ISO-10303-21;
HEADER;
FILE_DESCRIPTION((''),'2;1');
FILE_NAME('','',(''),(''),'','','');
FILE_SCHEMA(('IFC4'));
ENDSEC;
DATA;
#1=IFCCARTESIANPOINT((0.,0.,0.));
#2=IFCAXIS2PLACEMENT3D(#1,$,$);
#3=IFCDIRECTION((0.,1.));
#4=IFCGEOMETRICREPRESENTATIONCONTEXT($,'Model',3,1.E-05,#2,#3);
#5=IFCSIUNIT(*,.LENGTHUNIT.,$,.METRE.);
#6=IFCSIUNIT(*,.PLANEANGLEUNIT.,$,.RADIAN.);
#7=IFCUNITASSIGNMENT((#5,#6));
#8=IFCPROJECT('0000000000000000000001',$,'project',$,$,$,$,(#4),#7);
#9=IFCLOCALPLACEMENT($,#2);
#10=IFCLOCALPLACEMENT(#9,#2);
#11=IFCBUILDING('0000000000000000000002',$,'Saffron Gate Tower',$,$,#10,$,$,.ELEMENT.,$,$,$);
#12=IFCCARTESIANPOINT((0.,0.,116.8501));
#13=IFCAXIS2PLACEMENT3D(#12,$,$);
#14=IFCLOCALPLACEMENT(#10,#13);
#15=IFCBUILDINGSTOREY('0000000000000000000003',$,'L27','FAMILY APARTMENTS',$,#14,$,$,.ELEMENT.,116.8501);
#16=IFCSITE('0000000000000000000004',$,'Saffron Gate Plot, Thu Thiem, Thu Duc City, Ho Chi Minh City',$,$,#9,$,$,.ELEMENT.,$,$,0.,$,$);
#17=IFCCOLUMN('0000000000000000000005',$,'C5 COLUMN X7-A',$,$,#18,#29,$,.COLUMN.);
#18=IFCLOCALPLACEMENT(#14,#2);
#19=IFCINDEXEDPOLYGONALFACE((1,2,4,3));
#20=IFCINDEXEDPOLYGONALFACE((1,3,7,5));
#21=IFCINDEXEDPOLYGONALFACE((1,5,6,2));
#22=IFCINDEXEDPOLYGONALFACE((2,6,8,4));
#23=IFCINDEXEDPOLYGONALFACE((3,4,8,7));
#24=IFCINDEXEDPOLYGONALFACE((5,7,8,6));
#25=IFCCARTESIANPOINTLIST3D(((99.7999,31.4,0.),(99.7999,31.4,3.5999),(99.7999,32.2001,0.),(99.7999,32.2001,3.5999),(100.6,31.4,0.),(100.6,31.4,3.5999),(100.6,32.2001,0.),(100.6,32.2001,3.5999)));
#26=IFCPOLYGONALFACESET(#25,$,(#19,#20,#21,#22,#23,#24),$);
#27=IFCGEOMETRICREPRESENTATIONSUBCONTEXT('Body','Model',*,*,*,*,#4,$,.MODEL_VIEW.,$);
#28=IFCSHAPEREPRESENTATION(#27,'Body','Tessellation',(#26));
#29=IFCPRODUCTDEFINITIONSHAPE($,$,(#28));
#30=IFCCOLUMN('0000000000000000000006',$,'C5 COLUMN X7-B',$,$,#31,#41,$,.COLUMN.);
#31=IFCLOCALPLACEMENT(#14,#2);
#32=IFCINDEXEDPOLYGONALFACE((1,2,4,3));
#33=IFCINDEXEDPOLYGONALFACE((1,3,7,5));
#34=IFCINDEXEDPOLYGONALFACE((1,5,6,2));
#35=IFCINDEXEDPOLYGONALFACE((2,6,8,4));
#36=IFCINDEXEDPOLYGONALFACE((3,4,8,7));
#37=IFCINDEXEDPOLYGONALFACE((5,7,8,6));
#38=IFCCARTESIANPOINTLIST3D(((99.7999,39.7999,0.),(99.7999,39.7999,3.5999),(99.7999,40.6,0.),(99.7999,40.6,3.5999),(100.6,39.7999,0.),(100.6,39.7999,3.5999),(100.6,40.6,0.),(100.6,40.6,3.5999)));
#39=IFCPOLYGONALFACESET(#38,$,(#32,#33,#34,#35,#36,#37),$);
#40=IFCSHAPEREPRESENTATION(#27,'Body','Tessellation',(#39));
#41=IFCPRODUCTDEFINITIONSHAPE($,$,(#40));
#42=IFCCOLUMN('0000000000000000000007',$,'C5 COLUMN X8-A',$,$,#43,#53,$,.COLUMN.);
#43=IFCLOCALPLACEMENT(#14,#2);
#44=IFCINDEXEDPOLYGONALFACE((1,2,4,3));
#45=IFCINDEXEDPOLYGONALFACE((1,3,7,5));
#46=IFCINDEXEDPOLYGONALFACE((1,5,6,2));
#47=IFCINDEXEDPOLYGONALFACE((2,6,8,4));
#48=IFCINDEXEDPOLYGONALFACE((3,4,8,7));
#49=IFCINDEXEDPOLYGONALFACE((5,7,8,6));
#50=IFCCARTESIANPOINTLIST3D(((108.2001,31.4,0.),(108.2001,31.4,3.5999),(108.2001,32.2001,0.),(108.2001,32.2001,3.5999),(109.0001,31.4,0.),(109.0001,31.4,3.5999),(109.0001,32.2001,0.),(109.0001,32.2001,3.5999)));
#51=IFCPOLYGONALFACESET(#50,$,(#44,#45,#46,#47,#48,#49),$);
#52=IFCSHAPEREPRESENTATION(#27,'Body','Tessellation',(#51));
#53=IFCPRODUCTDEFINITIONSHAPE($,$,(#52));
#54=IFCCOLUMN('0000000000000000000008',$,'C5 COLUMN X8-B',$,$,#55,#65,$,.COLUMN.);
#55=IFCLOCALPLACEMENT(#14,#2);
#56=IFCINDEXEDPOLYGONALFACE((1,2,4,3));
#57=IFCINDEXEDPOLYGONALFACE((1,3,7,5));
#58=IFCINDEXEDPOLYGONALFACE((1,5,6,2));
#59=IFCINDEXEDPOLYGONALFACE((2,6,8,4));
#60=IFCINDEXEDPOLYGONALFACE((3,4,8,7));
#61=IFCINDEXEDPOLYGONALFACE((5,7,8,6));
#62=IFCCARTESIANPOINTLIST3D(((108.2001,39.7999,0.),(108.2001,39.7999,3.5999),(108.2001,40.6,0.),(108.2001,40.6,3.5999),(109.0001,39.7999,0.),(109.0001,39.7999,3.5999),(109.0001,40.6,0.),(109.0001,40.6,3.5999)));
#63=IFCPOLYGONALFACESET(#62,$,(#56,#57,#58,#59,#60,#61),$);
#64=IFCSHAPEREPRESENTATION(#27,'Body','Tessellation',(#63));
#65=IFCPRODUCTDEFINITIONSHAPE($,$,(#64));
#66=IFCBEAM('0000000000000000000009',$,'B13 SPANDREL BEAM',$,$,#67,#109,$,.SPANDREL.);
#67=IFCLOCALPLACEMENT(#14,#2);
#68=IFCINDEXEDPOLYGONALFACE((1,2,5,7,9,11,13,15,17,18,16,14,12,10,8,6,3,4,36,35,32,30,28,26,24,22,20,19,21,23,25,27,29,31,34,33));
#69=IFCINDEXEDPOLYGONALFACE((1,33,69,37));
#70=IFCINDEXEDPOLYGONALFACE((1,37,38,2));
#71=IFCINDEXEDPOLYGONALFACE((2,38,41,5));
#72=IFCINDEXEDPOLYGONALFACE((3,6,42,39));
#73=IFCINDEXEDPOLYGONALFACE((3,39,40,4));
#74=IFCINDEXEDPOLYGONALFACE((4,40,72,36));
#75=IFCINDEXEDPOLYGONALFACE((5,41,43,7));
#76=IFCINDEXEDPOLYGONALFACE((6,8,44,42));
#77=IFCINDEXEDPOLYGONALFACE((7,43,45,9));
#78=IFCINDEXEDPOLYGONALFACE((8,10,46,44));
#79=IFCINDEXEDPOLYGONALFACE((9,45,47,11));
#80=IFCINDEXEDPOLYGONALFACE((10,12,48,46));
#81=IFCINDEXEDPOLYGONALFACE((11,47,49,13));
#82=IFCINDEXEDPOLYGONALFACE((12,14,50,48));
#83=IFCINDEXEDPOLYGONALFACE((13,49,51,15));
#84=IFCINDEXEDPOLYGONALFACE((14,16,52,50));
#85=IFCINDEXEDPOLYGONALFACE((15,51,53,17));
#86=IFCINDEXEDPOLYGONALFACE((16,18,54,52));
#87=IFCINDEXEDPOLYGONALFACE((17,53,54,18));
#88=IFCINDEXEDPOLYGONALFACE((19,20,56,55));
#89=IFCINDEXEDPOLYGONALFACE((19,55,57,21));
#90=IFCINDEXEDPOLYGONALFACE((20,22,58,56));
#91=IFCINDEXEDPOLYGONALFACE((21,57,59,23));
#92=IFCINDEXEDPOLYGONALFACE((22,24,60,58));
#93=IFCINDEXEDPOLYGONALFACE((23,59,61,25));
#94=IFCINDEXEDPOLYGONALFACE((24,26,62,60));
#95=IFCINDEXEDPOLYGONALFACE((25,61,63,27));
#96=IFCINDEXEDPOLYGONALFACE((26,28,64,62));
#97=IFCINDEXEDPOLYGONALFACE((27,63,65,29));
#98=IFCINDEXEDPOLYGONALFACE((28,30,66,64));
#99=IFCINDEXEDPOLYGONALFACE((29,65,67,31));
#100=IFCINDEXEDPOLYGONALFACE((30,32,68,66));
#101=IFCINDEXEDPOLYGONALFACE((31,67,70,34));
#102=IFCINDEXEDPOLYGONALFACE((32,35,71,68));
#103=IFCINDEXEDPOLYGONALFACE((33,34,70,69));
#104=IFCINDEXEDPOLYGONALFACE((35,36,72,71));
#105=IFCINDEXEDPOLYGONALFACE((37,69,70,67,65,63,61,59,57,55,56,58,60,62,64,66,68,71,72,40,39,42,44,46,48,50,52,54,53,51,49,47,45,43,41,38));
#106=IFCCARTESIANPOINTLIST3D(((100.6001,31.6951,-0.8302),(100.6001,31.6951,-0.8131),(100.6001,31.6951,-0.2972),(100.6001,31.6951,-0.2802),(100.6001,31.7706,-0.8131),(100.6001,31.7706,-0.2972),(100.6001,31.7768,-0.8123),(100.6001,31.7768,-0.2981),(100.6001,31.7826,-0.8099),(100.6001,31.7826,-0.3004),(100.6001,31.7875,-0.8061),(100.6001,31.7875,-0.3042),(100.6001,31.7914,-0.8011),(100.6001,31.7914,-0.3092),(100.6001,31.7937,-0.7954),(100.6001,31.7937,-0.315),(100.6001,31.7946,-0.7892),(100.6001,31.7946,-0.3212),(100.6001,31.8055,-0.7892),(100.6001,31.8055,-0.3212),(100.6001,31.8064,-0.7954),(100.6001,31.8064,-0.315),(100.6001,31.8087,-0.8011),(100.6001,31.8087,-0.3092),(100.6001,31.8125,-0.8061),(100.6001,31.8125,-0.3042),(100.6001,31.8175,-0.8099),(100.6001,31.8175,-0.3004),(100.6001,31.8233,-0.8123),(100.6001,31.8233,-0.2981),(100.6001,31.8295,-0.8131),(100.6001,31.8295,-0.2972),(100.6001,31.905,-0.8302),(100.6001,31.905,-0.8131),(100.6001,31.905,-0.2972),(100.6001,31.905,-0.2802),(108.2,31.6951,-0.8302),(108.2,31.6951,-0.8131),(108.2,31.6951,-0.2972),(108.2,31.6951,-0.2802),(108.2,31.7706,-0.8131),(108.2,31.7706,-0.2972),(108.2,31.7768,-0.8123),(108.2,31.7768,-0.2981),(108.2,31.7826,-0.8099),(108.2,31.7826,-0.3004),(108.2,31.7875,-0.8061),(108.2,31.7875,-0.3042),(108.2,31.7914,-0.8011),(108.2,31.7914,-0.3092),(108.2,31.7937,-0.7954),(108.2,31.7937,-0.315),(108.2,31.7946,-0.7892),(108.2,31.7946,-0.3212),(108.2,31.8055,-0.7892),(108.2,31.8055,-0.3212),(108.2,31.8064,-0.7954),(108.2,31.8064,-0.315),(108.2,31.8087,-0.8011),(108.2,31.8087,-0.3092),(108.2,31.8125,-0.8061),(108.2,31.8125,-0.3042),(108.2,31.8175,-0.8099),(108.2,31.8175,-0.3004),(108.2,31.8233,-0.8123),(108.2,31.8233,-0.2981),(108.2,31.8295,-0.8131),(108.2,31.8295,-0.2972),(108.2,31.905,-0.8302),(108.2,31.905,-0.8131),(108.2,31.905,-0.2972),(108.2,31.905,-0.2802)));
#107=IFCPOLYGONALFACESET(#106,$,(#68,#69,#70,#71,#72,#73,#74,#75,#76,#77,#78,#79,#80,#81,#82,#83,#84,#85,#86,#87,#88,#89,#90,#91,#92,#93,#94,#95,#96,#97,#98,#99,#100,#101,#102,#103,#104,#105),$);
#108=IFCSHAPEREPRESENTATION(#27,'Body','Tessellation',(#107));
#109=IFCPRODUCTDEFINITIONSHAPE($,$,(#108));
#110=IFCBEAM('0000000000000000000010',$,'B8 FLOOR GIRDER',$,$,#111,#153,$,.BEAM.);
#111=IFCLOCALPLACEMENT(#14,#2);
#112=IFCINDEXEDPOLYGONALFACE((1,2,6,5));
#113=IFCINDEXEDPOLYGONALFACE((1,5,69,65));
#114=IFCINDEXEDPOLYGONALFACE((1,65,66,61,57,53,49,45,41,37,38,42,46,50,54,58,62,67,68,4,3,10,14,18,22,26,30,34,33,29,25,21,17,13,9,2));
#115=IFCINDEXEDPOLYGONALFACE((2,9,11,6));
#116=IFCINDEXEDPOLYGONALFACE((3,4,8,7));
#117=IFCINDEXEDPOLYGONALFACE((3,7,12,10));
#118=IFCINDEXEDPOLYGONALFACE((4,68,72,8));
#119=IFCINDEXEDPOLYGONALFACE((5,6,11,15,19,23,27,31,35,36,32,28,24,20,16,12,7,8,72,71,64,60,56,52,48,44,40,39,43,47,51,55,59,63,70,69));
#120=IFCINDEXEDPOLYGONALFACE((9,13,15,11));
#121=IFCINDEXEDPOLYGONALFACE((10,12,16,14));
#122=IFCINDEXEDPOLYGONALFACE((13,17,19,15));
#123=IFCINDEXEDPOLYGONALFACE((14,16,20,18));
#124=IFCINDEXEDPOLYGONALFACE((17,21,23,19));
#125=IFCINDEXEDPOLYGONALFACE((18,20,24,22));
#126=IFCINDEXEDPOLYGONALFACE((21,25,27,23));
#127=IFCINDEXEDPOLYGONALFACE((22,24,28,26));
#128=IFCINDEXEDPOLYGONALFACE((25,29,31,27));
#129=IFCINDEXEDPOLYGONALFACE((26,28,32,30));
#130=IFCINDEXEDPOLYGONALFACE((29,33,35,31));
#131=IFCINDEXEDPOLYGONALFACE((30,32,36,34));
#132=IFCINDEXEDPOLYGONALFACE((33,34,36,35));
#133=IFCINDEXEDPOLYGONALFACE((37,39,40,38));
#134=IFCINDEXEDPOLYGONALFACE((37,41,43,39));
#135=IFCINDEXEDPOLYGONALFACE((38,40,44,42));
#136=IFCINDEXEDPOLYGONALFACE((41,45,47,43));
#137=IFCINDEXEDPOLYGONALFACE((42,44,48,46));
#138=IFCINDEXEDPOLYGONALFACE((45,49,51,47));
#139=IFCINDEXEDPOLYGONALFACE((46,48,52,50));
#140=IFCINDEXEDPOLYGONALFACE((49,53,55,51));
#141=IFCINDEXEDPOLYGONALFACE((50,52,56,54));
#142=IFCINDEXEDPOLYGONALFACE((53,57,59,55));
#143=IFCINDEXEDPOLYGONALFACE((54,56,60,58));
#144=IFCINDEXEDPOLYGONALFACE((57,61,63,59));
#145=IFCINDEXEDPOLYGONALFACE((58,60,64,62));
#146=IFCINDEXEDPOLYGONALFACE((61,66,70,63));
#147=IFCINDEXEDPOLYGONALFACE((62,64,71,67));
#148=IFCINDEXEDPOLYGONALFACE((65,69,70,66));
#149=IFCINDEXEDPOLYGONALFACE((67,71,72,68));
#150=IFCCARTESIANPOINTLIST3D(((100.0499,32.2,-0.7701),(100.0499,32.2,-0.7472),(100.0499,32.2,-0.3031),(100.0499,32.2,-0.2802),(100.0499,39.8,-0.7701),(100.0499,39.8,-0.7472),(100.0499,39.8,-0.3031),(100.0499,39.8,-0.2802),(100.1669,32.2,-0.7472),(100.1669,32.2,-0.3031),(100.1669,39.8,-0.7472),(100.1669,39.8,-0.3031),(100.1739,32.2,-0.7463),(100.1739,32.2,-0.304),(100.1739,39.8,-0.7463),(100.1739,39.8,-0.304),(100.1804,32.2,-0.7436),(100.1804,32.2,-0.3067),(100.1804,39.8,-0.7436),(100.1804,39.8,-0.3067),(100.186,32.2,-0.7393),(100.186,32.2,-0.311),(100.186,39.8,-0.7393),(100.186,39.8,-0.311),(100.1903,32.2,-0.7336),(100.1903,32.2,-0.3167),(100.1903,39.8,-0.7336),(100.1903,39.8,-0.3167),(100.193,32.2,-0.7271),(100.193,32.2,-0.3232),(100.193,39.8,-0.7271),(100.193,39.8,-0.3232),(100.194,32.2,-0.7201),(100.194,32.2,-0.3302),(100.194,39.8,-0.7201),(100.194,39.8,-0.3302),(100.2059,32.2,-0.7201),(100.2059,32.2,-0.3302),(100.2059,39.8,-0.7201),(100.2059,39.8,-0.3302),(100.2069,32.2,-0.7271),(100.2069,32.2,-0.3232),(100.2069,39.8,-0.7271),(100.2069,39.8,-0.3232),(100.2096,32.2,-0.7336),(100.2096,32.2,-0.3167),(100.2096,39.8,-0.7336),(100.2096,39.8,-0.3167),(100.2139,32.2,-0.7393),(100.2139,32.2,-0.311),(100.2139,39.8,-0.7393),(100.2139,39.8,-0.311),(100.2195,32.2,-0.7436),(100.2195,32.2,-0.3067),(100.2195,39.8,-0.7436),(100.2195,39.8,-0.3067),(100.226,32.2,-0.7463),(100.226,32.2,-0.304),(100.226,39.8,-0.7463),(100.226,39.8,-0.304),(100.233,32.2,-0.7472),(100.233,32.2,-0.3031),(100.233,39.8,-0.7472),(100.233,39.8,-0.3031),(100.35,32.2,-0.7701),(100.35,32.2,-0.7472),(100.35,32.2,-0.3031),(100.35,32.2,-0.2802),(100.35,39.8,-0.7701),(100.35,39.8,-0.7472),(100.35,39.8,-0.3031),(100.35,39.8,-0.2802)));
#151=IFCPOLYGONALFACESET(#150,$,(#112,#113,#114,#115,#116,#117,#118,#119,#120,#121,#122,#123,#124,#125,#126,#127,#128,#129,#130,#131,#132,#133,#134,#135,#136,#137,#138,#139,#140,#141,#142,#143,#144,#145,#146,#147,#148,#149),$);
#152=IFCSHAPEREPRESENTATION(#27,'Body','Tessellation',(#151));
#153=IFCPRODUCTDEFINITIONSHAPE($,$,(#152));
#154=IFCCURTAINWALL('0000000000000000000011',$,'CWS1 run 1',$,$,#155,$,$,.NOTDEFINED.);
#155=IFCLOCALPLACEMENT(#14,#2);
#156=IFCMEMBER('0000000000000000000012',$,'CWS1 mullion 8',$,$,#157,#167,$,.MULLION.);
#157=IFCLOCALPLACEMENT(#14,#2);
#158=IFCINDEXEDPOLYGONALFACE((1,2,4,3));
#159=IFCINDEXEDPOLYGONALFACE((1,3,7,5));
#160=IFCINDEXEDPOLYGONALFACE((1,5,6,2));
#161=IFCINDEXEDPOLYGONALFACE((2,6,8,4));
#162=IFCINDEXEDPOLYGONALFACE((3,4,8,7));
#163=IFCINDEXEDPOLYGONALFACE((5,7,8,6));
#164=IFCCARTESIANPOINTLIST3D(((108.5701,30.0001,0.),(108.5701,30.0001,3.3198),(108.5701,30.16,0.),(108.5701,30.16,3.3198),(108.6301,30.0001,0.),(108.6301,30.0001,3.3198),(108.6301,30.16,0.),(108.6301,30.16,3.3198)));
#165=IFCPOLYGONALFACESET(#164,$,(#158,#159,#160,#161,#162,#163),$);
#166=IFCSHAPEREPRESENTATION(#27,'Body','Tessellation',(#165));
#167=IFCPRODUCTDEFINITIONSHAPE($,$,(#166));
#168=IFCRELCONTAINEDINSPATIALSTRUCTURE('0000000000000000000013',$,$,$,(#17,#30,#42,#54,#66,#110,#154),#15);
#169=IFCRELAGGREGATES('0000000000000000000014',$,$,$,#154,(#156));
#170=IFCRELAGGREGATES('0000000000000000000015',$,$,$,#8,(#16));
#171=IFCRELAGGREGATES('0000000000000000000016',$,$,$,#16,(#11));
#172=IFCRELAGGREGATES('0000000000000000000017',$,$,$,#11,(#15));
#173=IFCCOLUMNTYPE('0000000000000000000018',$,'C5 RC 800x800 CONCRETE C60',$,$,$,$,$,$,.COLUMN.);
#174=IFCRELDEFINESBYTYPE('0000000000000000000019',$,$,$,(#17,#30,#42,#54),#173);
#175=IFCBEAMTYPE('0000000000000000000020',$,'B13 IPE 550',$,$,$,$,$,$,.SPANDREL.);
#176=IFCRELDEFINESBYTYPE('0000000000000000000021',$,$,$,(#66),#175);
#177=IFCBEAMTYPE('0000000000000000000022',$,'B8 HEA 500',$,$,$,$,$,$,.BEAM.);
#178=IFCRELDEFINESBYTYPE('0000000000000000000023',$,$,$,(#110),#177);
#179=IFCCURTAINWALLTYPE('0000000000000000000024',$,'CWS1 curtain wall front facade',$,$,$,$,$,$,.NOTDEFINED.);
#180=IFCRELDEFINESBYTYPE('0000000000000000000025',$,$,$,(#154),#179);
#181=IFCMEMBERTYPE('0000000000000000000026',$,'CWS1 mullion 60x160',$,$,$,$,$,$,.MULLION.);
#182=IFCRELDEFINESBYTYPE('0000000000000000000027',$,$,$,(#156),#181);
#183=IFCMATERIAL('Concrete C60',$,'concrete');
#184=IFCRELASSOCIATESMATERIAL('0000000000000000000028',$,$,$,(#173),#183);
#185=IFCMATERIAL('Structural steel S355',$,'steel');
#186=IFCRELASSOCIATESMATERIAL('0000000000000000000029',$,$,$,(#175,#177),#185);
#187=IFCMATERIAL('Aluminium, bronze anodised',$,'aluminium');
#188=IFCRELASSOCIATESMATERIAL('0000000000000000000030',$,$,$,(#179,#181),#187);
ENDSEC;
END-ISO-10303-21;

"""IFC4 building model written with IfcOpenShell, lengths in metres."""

from ifc_helpers import new_model, si_unit, direction, frame, origin, origin_2d, place, context, subcontext, project, spatial, rectangle, i_section, extrude, material, material_profile, profile_set, type_object, element, aggregate, save


model = new_model("IFC4")

# Units and contexts
model_context = context("Model", 3, precision=1e-05, world=origin(), true_north=direction((0.0, 1.0)))
body_context = subcontext(model_context, "Body", "Model", "MODEL_VIEW")
ifc_project = project(units=[si_unit("LENGTHUNIT", "METRE"), si_unit("PLANEANGLEUNIT", "RADIAN")], contexts=[model_context])

# Site, building, storey
site_placement = place(None, origin())
site = spatial("IfcSite", under=ifc_project, at=site_placement, Name="Saffron Gate Plot, Thu Thiem, Thu Duc City, Ho Chi Minh City", CompositionType="ELEMENT", RefElevation=0.0)
building_placement = place(site_placement, origin())
building = spatial("IfcBuilding", under=site, at=building_placement, Name="Saffron Gate Tower", CompositionType="ELEMENT")
storey_placement = place(building_placement, frame((0.0, 0.0, 116.8501)))
storey = spatial("IfcBuildingStorey", under=building, at=storey_placement, Name="L27", Description="FAMILY APARTMENTS", CompositionType="ELEMENT", Elevation=116.8501)

# Columns
ifc_material_1 = material(Name="Concrete C60", Category="concrete")
ifc_material_profile_1 = material_profile(ifc_material_1, rectangle(XDim=0.8, YDim=0.8, at=origin_2d()))
ifc_profile_set_1 = profile_set([ifc_material_profile_1], Name="Concrete C60")
column_type = type_object("IfcColumnType", Name="C5 RC 800x800 CONCRETE C60", PredefinedType="COLUMN", material=ifc_profile_set_1)
for number, where, z_axis, x_axis, name in (
    (1, (100.2, 31.8, 0.0), (0.0, 0.0, 1.0), (1.0, 0.0, 0.0), "C5 COLUMN X7-A"),
    (2, (100.2, 40.2, 0.0), (0.0, 0.0, 1.0), (1.0, 0.0, 0.0), "C5 COLUMN X7-B"),
    (3, (108.6001, 31.8, 0.0), (0.0, 0.0, 1.0), (1.0, 0.0, 0.0), "C5 COLUMN X8-A"),
    (4, (108.6001, 40.2, 0.0), (0.0, 0.0, 1.0), (1.0, 0.0, 0.0), "C5 COLUMN X8-B"),
):
    element("IfcColumn", number, at=place(storey_placement, frame(where, z_axis=z_axis, x_axis=x_axis)), inside=storey, type_object=column_type, Name=name, PredefinedType="COLUMN", context=body_context, shape_type="SweptSolid", body=[
        extrude(rectangle(XDim=0.8, YDim=0.8, at=origin_2d()), origin(), (0.0, 0.0, 1.0), 3.5999),
    ])

# Beams
ifc_material_2 = material(Name="Structural steel S355", Category="steel")
ifc_material_profile_2 = material_profile(ifc_material_2, i_section(OverallWidth=0.21, OverallDepth=0.55, WebThickness=0.011, FlangeThickness=0.0171, FilletRadius=0.0239, at=origin_2d()))
ifc_profile_set_2 = profile_set([ifc_material_profile_2], Name="Structural steel S355")
beam_type_1 = type_object("IfcBeamType", Name="B13 IPE 550", PredefinedType="SPANDREL", material=ifc_profile_set_2)
beam_1_placement = place(storey_placement, frame((100.6001, 31.8, -0.5552), z_axis=(1.0, 0.0, 0.0), x_axis=(0.0, 1.0, 0.0)))
element("IfcBeam", 5, at=beam_1_placement, inside=storey, type_object=beam_type_1, Name="B13 SPANDREL BEAM", PredefinedType="SPANDREL", context=body_context, shape_type="SweptSolid", body=[
    extrude(i_section(OverallWidth=0.21, OverallDepth=0.55, WebThickness=0.011, FlangeThickness=0.0171, FilletRadius=0.0239, at=origin_2d()), origin(), (0.0, 0.0, 1.0), 7.5999),
])
ifc_material_profile_3 = material_profile(ifc_material_2, i_section(OverallWidth=0.3, OverallDepth=0.49, WebThickness=0.012, FlangeThickness=0.0229, FilletRadius=0.0271, at=origin_2d()))
ifc_profile_set_3 = profile_set([ifc_material_profile_3], Name="Structural steel S355")
beam_type_2 = type_object("IfcBeamType", Name="B8 HEA 500", PredefinedType="BEAM", material=ifc_profile_set_3)
beam_2_placement = place(storey_placement, frame((100.2, 32.2, -0.5251), z_axis=(0.0, 1.0, 0.0), x_axis=(-1.0, 0.0, 0.0)))
element("IfcBeam", 6, at=beam_2_placement, inside=storey, type_object=beam_type_2, Name="B8 FLOOR GIRDER", PredefinedType="BEAM", context=body_context, shape_type="SweptSolid", body=[
    extrude(i_section(OverallWidth=0.3, OverallDepth=0.49, WebThickness=0.012, FlangeThickness=0.0229, FilletRadius=0.0271, at=origin_2d()), origin(), (0.0, 0.0, 1.0), 7.6001),
])

# Curtain wall, member
ifc_material_3 = material(Name="Aluminium, bronze anodised", Category="aluminium")
curtain_wall_type = type_object("IfcCurtainWallType", Name="CWS1 curtain wall front facade", PredefinedType="NOTDEFINED", material=ifc_material_3)
curtain_wall_placement = place(storey_placement, origin())
curtain_wall = element("IfcCurtainWall", 7, at=curtain_wall_placement, inside=storey, type_object=curtain_wall_type, Name="CWS1 run 1", PredefinedType="NOTDEFINED")
ifc_material_profile_4 = material_profile(ifc_material_3, rectangle(XDim=0.1599, YDim=0.0601, at=origin_2d()))
ifc_profile_set_4 = profile_set([ifc_material_profile_4], Name="Aluminium, bronze anodised")
member_type = type_object("IfcMemberType", Name="CWS1 mullion 60x160", PredefinedType="MULLION", material=ifc_profile_set_4)
member_placement = place(storey_placement, frame((108.6001, 30.0801, 0.0), z_axis=(0.0, 0.0, 1.0), x_axis=(0.0, 1.0, 0.0)))
member = element("IfcMember", 8, at=member_placement, type_object=member_type, Name="CWS1 mullion 8", PredefinedType="MULLION", context=body_context, shape_type="SweptSolid", body=[
    extrude(rectangle(XDim=0.1599, YDim=0.0601, at=origin_2d()), origin(), (0.0, 0.0, 1.0), 3.3198),
])
aggregate(curtain_wall, [member])

save(model, "model.ifc")
